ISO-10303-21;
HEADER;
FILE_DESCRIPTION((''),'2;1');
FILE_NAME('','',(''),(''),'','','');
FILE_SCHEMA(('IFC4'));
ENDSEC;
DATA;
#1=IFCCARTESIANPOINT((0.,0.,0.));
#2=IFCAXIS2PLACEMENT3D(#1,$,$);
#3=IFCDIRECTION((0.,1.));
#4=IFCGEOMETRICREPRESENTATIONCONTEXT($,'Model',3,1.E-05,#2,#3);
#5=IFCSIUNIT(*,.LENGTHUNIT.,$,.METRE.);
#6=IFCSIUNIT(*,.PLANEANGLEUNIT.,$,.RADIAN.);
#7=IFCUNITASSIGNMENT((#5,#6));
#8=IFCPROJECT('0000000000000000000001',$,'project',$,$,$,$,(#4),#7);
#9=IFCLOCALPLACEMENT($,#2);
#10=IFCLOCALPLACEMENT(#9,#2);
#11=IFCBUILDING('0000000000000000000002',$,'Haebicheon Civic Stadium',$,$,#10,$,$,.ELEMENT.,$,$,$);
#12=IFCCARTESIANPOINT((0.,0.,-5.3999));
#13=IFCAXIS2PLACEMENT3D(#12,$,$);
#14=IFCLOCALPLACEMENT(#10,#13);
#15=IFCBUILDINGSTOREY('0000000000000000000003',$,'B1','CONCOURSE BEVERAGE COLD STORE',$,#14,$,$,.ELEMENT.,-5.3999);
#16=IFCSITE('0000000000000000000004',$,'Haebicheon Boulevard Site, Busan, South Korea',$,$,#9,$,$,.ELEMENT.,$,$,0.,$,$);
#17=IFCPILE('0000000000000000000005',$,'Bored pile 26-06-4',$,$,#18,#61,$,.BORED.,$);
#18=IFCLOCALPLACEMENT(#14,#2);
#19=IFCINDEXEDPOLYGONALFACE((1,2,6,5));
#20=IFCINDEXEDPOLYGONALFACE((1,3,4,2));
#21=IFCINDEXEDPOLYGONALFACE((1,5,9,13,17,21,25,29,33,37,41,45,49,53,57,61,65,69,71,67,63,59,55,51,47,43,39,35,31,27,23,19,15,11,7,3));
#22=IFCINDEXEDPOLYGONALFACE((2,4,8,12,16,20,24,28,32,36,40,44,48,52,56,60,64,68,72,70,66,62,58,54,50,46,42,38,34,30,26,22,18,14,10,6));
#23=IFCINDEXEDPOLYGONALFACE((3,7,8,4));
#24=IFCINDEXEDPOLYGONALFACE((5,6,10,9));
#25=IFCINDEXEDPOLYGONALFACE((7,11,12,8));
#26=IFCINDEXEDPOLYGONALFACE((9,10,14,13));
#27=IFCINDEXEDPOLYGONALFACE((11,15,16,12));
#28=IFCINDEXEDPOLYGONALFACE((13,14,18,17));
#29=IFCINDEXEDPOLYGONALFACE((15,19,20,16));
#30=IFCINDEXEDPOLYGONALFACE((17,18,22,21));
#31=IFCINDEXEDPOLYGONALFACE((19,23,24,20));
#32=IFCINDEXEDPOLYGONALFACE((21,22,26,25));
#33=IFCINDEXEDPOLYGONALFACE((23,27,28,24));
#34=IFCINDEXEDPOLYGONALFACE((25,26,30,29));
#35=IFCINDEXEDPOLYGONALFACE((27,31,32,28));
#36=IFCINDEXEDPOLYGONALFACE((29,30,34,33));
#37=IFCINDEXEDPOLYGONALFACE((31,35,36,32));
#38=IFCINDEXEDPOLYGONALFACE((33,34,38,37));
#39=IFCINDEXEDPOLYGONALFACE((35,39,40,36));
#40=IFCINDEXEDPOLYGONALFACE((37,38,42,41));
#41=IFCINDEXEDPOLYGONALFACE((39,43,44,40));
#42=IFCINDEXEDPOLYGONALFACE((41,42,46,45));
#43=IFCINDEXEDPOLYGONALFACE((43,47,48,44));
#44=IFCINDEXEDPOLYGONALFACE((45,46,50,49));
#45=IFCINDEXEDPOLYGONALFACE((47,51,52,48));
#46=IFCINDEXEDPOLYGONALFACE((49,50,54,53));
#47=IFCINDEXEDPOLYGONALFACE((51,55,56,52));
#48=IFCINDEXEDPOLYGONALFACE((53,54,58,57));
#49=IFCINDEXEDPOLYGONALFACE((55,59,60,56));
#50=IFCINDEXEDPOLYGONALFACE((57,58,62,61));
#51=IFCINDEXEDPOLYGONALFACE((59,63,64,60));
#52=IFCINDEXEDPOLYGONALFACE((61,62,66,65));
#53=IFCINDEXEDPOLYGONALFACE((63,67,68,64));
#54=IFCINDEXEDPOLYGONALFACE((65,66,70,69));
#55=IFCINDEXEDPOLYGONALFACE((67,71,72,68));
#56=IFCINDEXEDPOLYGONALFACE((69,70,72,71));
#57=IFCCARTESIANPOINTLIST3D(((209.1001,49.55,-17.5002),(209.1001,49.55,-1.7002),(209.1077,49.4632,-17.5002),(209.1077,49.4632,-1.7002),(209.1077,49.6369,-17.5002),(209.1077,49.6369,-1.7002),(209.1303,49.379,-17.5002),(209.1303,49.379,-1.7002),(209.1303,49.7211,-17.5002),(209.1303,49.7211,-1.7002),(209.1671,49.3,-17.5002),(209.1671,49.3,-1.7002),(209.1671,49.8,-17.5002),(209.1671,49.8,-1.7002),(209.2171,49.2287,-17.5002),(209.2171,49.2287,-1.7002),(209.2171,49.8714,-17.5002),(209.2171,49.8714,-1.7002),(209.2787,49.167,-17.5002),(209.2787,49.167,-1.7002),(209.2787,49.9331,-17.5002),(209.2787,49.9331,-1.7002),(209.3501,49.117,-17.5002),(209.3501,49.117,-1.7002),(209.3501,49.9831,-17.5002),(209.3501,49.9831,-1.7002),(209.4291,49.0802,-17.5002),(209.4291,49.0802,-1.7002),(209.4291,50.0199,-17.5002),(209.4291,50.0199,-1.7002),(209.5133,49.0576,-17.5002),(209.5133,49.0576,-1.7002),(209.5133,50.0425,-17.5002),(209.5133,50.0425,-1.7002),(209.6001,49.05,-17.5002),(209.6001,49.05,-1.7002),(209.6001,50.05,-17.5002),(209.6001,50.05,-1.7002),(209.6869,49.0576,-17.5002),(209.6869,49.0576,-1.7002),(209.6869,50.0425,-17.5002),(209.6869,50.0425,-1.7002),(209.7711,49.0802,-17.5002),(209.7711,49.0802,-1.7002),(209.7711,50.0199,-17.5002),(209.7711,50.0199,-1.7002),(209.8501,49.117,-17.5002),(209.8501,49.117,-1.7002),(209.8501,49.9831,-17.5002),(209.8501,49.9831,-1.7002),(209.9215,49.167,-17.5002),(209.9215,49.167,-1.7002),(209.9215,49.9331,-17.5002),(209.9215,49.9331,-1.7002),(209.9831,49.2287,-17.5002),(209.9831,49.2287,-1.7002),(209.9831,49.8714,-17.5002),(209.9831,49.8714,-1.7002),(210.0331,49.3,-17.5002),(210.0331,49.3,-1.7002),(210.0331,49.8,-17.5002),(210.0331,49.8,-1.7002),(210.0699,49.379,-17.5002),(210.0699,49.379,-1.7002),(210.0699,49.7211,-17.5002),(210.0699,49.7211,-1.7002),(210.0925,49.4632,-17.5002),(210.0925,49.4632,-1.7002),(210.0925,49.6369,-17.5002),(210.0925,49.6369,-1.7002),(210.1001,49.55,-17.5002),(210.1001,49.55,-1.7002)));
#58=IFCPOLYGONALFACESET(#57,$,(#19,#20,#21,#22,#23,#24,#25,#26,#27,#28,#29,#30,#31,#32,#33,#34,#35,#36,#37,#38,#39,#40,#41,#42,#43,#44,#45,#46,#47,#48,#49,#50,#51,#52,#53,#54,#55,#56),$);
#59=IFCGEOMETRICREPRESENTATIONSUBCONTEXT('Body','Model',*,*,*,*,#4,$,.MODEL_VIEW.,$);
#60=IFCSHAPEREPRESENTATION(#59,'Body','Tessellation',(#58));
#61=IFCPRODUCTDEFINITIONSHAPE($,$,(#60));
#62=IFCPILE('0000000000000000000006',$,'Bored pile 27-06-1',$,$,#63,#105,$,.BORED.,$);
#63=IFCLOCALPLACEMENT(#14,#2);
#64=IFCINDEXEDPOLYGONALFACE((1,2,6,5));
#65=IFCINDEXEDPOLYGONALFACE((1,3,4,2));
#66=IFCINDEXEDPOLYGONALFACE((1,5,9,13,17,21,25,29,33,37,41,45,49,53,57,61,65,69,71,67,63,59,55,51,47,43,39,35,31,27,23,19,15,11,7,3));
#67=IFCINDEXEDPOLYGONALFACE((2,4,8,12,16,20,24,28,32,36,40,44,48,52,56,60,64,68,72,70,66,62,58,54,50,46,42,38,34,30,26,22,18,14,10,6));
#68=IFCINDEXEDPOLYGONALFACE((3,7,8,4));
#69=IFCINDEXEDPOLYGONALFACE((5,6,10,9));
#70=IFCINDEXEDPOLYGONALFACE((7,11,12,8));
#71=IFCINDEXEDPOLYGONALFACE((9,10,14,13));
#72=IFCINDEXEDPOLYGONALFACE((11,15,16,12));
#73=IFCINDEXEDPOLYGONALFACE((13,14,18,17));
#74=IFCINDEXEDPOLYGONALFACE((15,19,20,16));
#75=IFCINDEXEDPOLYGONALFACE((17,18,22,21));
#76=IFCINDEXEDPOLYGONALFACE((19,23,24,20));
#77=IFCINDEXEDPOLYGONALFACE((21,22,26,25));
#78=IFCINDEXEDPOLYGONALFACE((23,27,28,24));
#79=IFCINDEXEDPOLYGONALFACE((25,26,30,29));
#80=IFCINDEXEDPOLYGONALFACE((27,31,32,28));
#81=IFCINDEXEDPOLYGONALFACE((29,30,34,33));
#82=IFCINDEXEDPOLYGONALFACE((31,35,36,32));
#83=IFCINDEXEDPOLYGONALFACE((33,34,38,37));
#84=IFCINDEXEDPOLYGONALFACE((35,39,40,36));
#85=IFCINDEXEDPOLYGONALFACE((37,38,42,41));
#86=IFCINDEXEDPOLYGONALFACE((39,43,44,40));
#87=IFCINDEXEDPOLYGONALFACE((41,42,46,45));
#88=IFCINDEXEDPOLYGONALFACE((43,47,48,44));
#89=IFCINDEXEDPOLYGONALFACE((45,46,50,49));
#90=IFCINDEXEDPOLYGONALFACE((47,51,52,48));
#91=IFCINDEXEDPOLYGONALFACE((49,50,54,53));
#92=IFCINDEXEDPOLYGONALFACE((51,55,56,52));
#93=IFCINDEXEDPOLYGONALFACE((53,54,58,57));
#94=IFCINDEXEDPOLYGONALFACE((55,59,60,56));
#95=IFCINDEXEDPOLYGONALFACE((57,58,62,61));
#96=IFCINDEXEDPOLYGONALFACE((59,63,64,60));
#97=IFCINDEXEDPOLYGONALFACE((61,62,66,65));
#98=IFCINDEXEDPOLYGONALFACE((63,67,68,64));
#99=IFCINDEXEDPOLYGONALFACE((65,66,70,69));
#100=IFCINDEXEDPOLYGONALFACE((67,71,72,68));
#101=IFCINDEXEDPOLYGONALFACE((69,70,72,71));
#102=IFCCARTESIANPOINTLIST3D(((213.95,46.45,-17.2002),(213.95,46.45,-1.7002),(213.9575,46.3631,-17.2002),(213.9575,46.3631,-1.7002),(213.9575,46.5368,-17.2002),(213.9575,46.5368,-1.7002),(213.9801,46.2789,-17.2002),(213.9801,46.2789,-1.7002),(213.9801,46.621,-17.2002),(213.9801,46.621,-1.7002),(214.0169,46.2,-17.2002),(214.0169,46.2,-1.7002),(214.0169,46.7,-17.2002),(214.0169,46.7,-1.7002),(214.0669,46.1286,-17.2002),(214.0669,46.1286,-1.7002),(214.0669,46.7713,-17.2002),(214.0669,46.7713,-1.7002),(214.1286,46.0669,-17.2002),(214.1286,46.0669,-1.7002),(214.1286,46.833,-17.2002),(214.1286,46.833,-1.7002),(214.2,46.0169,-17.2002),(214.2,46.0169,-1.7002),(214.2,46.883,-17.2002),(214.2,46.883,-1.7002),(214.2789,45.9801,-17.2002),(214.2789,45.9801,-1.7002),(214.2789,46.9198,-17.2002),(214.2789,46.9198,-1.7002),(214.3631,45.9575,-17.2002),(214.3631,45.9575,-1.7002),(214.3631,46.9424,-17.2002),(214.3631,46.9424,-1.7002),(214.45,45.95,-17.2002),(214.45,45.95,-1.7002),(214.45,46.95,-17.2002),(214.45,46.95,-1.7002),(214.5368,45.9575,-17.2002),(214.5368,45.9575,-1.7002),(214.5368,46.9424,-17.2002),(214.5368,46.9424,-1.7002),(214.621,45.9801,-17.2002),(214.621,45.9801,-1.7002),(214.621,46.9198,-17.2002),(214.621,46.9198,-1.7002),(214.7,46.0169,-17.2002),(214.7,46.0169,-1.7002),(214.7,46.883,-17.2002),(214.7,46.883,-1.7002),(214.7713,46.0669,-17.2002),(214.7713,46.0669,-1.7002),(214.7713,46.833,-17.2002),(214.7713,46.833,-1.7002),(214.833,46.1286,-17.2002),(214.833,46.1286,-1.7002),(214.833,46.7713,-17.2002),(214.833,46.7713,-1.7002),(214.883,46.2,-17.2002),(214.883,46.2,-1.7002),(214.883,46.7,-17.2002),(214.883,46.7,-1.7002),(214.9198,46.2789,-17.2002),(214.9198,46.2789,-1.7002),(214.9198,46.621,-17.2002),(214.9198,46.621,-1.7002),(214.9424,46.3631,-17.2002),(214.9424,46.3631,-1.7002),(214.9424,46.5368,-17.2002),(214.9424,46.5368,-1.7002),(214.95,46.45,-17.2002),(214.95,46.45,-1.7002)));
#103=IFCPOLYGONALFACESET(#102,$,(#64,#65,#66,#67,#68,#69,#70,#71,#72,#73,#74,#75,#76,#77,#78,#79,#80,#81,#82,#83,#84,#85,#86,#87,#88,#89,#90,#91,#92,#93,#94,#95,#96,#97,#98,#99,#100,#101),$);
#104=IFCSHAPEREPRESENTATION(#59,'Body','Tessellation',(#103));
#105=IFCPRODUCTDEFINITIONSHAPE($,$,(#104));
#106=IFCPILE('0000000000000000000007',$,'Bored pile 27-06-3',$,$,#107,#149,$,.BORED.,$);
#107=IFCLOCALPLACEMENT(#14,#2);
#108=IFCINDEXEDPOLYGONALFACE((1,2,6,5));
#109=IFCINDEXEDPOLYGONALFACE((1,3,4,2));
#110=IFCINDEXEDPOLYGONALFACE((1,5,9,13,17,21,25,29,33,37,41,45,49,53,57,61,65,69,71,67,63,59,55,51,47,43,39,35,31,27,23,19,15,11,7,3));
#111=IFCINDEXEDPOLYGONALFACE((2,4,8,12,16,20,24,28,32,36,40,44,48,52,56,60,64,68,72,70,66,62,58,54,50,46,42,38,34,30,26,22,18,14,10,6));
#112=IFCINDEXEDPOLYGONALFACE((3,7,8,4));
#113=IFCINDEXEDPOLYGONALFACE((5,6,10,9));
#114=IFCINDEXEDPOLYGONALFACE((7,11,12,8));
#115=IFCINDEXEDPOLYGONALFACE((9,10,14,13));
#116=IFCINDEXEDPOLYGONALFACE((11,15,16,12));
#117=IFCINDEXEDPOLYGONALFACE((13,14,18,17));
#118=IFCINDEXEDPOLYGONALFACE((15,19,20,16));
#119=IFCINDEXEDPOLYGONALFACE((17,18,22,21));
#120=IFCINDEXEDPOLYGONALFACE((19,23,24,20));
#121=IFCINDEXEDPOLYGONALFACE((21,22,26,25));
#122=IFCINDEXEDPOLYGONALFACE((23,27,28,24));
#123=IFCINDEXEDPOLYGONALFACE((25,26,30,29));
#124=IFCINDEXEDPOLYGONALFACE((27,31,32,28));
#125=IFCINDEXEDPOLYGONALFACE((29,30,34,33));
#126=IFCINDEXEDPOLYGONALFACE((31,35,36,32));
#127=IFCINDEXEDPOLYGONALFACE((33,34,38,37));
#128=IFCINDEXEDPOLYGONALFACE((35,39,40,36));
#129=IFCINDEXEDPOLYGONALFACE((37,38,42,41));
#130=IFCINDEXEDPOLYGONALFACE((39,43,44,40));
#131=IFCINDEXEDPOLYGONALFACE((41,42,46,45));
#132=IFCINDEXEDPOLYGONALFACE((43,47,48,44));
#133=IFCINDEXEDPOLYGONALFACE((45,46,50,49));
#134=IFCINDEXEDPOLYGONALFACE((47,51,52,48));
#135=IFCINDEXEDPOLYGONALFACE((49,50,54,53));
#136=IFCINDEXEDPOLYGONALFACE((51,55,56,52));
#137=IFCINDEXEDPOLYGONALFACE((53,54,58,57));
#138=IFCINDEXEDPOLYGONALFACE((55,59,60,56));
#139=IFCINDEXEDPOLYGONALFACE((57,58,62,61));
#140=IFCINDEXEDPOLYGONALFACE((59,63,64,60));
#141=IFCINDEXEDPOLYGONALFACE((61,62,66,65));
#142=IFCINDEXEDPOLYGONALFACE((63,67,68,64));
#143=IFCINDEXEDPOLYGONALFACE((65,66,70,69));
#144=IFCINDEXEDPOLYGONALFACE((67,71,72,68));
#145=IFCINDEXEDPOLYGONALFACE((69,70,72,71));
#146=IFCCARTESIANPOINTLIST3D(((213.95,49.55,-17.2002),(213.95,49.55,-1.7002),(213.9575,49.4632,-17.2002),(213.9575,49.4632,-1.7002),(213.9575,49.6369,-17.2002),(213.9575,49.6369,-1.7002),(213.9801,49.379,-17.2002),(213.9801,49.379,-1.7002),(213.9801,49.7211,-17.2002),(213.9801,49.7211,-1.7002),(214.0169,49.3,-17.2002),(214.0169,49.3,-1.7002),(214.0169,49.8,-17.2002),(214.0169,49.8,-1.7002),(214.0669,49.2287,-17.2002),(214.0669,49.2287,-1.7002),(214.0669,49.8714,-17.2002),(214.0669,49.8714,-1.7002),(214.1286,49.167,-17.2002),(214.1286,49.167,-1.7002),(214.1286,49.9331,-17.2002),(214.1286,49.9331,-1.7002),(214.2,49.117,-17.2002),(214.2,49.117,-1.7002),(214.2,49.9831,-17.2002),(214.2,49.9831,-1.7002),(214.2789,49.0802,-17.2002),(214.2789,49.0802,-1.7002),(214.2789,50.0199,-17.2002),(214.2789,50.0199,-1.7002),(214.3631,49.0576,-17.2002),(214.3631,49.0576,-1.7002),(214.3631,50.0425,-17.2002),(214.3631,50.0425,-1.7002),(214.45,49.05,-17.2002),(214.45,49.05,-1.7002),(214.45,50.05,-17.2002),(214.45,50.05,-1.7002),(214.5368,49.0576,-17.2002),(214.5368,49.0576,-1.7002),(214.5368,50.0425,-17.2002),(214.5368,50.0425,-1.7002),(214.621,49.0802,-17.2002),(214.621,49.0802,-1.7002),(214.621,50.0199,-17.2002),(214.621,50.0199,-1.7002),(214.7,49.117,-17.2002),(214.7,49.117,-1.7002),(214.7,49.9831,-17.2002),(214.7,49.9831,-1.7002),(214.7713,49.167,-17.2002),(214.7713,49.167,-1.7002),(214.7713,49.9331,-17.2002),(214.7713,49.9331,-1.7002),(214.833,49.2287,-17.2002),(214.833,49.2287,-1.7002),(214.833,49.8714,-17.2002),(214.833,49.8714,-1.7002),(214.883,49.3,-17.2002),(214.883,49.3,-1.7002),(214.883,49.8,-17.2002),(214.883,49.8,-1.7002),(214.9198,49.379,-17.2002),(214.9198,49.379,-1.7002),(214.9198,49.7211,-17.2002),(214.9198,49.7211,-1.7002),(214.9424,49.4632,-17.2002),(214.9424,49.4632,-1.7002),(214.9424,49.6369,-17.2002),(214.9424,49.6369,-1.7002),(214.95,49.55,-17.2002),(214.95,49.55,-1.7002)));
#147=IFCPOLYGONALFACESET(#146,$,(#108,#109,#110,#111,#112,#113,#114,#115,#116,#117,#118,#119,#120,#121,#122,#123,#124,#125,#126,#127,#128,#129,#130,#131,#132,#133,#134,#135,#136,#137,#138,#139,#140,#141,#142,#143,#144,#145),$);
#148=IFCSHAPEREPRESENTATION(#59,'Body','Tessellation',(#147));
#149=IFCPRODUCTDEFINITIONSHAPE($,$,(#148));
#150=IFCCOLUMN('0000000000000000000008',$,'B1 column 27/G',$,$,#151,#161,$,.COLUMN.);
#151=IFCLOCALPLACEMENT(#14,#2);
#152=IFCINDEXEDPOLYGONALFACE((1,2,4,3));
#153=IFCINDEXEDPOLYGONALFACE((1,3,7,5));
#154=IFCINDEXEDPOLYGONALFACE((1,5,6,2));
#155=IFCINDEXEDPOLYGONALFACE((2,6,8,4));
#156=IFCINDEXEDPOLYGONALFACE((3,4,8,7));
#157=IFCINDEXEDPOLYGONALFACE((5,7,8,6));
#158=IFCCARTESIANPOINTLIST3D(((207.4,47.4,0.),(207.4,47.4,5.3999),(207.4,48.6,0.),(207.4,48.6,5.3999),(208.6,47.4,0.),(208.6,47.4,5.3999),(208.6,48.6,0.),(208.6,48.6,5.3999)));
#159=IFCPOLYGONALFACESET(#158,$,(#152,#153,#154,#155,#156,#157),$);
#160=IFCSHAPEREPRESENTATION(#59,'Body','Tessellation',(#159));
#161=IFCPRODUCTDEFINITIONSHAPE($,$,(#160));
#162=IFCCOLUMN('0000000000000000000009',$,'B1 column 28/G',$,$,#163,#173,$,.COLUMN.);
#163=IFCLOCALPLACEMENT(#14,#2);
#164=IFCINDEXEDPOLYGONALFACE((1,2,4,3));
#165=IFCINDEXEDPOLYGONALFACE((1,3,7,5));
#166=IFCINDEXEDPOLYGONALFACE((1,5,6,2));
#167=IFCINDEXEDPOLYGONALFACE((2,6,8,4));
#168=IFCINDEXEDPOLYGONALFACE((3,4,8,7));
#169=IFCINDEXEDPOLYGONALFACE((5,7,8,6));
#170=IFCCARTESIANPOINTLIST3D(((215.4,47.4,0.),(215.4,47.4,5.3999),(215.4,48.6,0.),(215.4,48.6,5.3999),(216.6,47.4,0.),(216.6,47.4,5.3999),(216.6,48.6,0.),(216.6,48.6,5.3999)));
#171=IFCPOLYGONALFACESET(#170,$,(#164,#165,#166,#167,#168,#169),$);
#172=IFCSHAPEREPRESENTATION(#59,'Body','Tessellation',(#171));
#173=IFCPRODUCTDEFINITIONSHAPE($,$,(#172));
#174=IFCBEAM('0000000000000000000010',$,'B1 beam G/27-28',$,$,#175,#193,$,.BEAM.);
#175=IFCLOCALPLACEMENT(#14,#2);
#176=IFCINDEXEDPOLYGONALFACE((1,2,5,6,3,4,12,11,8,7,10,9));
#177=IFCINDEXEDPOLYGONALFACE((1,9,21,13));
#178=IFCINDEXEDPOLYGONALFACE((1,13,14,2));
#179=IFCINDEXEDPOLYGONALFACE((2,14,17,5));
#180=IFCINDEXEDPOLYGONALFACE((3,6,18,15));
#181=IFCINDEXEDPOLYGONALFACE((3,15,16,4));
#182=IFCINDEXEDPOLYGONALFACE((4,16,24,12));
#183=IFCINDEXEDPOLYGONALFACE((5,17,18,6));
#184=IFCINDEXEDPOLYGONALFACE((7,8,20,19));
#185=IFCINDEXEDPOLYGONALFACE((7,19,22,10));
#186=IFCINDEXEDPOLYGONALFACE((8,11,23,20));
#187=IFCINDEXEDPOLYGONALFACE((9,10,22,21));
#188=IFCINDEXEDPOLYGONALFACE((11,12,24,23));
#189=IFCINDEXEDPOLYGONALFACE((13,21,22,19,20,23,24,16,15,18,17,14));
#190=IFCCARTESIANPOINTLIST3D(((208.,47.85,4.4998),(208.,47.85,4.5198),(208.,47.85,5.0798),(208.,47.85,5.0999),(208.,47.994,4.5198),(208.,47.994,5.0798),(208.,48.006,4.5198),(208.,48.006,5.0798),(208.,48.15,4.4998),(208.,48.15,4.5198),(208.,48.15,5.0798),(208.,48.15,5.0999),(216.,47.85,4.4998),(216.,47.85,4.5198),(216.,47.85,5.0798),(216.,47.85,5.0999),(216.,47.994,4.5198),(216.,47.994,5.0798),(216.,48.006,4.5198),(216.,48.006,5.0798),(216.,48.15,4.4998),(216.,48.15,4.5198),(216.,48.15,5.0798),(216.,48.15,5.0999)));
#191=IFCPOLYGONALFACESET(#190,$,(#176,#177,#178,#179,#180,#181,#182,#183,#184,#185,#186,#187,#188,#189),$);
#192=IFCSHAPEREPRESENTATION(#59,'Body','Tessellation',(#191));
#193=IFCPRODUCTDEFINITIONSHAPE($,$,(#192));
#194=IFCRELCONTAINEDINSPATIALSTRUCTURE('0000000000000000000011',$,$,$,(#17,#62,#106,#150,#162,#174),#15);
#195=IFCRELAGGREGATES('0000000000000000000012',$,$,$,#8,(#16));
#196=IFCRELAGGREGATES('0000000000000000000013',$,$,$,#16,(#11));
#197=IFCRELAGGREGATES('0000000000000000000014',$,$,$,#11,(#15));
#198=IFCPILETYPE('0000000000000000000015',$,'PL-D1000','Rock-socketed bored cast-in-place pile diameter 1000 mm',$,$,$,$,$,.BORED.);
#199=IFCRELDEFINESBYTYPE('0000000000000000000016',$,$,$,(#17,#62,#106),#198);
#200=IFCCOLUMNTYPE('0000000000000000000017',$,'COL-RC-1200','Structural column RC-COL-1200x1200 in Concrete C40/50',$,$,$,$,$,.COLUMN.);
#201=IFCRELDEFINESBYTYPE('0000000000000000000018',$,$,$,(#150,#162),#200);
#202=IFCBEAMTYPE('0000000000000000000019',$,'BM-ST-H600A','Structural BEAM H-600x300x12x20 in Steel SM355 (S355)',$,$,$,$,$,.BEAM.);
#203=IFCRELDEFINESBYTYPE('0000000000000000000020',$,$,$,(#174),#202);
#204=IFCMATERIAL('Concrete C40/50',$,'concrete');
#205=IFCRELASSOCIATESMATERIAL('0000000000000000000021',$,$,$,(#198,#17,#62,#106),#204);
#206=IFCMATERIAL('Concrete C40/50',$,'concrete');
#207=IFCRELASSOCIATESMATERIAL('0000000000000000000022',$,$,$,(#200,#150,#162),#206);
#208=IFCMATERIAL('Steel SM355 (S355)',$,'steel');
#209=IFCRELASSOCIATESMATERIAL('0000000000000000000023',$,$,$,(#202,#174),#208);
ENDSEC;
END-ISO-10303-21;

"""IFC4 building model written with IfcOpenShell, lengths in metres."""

from ifc_helpers import new_model, si_unit, direction, frame, origin, origin_2d, place, context, subcontext, project, spatial, rectangle, circle, i_section, extrude, material, material_profile, profile_set, type_object, element, save


model = new_model("IFC4")

# Units and contexts
model_context = context("Model", 3, precision=1e-05, world=origin(), true_north=direction((0.0, 1.0)))
body_context = subcontext(model_context, "Body", "Model", "MODEL_VIEW")
ifc_project = project(units=[si_unit("LENGTHUNIT", "METRE"), si_unit("PLANEANGLEUNIT", "RADIAN")], contexts=[model_context])

# Site, building, storey
site_placement = place(None, origin())
site = spatial("IfcSite", under=ifc_project, at=site_placement, Name="Haebicheon Boulevard Site, Busan, South Korea", CompositionType="ELEMENT", RefElevation=0.0)
building_placement = place(site_placement, origin())
building = spatial("IfcBuilding", under=site, at=building_placement, Name="Haebicheon Civic Stadium", CompositionType="ELEMENT")
storey_placement = place(building_placement, frame((0.0, 0.0, -5.3999)))
storey = spatial("IfcBuildingStorey", under=building, at=storey_placement, Name="B1", Description="CONCOURSE BEVERAGE COLD STORE", CompositionType="ELEMENT", Elevation=-5.3999)

# Piles
ifc_material_1 = material(Name="Concrete C40/50", Category="concrete")
ifc_material_profile_1 = material_profile(ifc_material_1, circle(Radius=0.5, at=origin_2d()), Name="PILE-D1000")
ifc_profile_set_1 = profile_set([ifc_material_profile_1], Name="Concrete C40/50")
pile_type = type_object("IfcPileType", Name="PL-D1000", Description="Rock-socketed bored cast-in-place pile diameter 1000 mm", PredefinedType="BORED", material=ifc_profile_set_1)
for number, where, z_axis, x_axis, name in (
    (1, (209.6001, 49.55, -1.7002), (0.0, 0.0, -1.0), (1.0, 0.0, 0.0), "Bored pile 26-06-4"),
):
    element("IfcPile", number, at=place(storey_placement, frame(where, z_axis=z_axis, x_axis=x_axis)), inside=storey, type_object=pile_type, material=ifc_profile_set_1, Name=name, PredefinedType="BORED", context=body_context, shape_type="SweptSolid", body=[
        extrude(circle(Radius=0.5, at=origin_2d()), origin(), (0.0, 0.0, 1.0), 15.8),
    ])
for number, where, z_axis, x_axis, name in (
    (2, (214.45, 46.45, -1.7002), (0.0, 0.0, -1.0), (1.0, 0.0, 0.0), "Bored pile 27-06-1"),
    (3, (214.45, 49.55, -1.7002), (0.0, 0.0, -1.0), (1.0, 0.0, 0.0), "Bored pile 27-06-3"),
):
    element("IfcPile", number, at=place(storey_placement, frame(where, z_axis=z_axis, x_axis=x_axis)), inside=storey, type_object=pile_type, material=ifc_profile_set_1, Name=name, PredefinedType="BORED", context=body_context, shape_type="SweptSolid", body=[
        extrude(circle(Radius=0.5, at=origin_2d()), origin(), (0.0, 0.0, 1.0), 15.5),
    ])

# Columns
ifc_material_2 = material(Name="Concrete C40/50", Category="concrete")
ifc_material_profile_2 = material_profile(ifc_material_2, rectangle(XDim=1.2, YDim=1.2, at=origin_2d()), Name="RC-COL-1200x1200")
ifc_profile_set_2 = profile_set([ifc_material_profile_2], Name="Concrete C40/50")
column_type = type_object("IfcColumnType", Name="COL-RC-1200", Description="Structural column RC-COL-1200x1200 in Concrete C40/50", PredefinedType="COLUMN", material=ifc_profile_set_2)
for number, where, z_axis, x_axis, name in (
    (4, (208.0, 48.0, 0.0), (0.0, 0.0, 1.0), (1.0, 0.0, 0.0), "B1 column 27/G"),
    (5, (216.0, 48.0, 0.0), (0.0, 0.0, 1.0), (1.0, 0.0, 0.0), "B1 column 28/G"),
):
    element("IfcColumn", number, at=place(storey_placement, frame(where, z_axis=z_axis, x_axis=x_axis)), inside=storey, type_object=column_type, material=ifc_profile_set_2, Name=name, PredefinedType="COLUMN", context=body_context, shape_type="SweptSolid", body=[
        extrude(rectangle(XDim=1.2, YDim=1.2, at=origin_2d()), origin(), (0.0, 0.0, 1.0), 5.3999),
    ])

# Beam
ifc_material_3 = material(Name="Steel SM355 (S355)", Category="steel")
ifc_material_profile_3 = material_profile(ifc_material_3, i_section(OverallWidth=0.3, OverallDepth=0.6001, WebThickness=0.012, FlangeThickness=0.02, at=origin_2d()), Name="H-600x300x12x20")
ifc_profile_set_3 = profile_set([ifc_material_profile_3], Name="Steel SM355 (S355)")
beam_type_1 = type_object("IfcBeamType", Name="BM-ST-H600A", Description="Structural BEAM H-600x300x12x20 in Steel SM355 (S355)", PredefinedType="BEAM", material=ifc_profile_set_3)
beam_1_placement = place(storey_placement, frame((208.0, 48.0, 4.7998), z_axis=(1.0, 0.0, 0.0), x_axis=(0.0, 1.0, 0.0)))
element("IfcBeam", 6, at=beam_1_placement, inside=storey, type_object=beam_type_1, material=ifc_profile_set_3, Name="B1 beam G/27-28", PredefinedType="BEAM", context=body_context, shape_type="SweptSolid", body=[
    extrude(i_section(OverallWidth=0.3, OverallDepth=0.6001, WebThickness=0.012, FlangeThickness=0.02, at=origin_2d()), origin(), (0.0, 0.0, 1.0), 8.0),
])

save(model, "model.ifc")
